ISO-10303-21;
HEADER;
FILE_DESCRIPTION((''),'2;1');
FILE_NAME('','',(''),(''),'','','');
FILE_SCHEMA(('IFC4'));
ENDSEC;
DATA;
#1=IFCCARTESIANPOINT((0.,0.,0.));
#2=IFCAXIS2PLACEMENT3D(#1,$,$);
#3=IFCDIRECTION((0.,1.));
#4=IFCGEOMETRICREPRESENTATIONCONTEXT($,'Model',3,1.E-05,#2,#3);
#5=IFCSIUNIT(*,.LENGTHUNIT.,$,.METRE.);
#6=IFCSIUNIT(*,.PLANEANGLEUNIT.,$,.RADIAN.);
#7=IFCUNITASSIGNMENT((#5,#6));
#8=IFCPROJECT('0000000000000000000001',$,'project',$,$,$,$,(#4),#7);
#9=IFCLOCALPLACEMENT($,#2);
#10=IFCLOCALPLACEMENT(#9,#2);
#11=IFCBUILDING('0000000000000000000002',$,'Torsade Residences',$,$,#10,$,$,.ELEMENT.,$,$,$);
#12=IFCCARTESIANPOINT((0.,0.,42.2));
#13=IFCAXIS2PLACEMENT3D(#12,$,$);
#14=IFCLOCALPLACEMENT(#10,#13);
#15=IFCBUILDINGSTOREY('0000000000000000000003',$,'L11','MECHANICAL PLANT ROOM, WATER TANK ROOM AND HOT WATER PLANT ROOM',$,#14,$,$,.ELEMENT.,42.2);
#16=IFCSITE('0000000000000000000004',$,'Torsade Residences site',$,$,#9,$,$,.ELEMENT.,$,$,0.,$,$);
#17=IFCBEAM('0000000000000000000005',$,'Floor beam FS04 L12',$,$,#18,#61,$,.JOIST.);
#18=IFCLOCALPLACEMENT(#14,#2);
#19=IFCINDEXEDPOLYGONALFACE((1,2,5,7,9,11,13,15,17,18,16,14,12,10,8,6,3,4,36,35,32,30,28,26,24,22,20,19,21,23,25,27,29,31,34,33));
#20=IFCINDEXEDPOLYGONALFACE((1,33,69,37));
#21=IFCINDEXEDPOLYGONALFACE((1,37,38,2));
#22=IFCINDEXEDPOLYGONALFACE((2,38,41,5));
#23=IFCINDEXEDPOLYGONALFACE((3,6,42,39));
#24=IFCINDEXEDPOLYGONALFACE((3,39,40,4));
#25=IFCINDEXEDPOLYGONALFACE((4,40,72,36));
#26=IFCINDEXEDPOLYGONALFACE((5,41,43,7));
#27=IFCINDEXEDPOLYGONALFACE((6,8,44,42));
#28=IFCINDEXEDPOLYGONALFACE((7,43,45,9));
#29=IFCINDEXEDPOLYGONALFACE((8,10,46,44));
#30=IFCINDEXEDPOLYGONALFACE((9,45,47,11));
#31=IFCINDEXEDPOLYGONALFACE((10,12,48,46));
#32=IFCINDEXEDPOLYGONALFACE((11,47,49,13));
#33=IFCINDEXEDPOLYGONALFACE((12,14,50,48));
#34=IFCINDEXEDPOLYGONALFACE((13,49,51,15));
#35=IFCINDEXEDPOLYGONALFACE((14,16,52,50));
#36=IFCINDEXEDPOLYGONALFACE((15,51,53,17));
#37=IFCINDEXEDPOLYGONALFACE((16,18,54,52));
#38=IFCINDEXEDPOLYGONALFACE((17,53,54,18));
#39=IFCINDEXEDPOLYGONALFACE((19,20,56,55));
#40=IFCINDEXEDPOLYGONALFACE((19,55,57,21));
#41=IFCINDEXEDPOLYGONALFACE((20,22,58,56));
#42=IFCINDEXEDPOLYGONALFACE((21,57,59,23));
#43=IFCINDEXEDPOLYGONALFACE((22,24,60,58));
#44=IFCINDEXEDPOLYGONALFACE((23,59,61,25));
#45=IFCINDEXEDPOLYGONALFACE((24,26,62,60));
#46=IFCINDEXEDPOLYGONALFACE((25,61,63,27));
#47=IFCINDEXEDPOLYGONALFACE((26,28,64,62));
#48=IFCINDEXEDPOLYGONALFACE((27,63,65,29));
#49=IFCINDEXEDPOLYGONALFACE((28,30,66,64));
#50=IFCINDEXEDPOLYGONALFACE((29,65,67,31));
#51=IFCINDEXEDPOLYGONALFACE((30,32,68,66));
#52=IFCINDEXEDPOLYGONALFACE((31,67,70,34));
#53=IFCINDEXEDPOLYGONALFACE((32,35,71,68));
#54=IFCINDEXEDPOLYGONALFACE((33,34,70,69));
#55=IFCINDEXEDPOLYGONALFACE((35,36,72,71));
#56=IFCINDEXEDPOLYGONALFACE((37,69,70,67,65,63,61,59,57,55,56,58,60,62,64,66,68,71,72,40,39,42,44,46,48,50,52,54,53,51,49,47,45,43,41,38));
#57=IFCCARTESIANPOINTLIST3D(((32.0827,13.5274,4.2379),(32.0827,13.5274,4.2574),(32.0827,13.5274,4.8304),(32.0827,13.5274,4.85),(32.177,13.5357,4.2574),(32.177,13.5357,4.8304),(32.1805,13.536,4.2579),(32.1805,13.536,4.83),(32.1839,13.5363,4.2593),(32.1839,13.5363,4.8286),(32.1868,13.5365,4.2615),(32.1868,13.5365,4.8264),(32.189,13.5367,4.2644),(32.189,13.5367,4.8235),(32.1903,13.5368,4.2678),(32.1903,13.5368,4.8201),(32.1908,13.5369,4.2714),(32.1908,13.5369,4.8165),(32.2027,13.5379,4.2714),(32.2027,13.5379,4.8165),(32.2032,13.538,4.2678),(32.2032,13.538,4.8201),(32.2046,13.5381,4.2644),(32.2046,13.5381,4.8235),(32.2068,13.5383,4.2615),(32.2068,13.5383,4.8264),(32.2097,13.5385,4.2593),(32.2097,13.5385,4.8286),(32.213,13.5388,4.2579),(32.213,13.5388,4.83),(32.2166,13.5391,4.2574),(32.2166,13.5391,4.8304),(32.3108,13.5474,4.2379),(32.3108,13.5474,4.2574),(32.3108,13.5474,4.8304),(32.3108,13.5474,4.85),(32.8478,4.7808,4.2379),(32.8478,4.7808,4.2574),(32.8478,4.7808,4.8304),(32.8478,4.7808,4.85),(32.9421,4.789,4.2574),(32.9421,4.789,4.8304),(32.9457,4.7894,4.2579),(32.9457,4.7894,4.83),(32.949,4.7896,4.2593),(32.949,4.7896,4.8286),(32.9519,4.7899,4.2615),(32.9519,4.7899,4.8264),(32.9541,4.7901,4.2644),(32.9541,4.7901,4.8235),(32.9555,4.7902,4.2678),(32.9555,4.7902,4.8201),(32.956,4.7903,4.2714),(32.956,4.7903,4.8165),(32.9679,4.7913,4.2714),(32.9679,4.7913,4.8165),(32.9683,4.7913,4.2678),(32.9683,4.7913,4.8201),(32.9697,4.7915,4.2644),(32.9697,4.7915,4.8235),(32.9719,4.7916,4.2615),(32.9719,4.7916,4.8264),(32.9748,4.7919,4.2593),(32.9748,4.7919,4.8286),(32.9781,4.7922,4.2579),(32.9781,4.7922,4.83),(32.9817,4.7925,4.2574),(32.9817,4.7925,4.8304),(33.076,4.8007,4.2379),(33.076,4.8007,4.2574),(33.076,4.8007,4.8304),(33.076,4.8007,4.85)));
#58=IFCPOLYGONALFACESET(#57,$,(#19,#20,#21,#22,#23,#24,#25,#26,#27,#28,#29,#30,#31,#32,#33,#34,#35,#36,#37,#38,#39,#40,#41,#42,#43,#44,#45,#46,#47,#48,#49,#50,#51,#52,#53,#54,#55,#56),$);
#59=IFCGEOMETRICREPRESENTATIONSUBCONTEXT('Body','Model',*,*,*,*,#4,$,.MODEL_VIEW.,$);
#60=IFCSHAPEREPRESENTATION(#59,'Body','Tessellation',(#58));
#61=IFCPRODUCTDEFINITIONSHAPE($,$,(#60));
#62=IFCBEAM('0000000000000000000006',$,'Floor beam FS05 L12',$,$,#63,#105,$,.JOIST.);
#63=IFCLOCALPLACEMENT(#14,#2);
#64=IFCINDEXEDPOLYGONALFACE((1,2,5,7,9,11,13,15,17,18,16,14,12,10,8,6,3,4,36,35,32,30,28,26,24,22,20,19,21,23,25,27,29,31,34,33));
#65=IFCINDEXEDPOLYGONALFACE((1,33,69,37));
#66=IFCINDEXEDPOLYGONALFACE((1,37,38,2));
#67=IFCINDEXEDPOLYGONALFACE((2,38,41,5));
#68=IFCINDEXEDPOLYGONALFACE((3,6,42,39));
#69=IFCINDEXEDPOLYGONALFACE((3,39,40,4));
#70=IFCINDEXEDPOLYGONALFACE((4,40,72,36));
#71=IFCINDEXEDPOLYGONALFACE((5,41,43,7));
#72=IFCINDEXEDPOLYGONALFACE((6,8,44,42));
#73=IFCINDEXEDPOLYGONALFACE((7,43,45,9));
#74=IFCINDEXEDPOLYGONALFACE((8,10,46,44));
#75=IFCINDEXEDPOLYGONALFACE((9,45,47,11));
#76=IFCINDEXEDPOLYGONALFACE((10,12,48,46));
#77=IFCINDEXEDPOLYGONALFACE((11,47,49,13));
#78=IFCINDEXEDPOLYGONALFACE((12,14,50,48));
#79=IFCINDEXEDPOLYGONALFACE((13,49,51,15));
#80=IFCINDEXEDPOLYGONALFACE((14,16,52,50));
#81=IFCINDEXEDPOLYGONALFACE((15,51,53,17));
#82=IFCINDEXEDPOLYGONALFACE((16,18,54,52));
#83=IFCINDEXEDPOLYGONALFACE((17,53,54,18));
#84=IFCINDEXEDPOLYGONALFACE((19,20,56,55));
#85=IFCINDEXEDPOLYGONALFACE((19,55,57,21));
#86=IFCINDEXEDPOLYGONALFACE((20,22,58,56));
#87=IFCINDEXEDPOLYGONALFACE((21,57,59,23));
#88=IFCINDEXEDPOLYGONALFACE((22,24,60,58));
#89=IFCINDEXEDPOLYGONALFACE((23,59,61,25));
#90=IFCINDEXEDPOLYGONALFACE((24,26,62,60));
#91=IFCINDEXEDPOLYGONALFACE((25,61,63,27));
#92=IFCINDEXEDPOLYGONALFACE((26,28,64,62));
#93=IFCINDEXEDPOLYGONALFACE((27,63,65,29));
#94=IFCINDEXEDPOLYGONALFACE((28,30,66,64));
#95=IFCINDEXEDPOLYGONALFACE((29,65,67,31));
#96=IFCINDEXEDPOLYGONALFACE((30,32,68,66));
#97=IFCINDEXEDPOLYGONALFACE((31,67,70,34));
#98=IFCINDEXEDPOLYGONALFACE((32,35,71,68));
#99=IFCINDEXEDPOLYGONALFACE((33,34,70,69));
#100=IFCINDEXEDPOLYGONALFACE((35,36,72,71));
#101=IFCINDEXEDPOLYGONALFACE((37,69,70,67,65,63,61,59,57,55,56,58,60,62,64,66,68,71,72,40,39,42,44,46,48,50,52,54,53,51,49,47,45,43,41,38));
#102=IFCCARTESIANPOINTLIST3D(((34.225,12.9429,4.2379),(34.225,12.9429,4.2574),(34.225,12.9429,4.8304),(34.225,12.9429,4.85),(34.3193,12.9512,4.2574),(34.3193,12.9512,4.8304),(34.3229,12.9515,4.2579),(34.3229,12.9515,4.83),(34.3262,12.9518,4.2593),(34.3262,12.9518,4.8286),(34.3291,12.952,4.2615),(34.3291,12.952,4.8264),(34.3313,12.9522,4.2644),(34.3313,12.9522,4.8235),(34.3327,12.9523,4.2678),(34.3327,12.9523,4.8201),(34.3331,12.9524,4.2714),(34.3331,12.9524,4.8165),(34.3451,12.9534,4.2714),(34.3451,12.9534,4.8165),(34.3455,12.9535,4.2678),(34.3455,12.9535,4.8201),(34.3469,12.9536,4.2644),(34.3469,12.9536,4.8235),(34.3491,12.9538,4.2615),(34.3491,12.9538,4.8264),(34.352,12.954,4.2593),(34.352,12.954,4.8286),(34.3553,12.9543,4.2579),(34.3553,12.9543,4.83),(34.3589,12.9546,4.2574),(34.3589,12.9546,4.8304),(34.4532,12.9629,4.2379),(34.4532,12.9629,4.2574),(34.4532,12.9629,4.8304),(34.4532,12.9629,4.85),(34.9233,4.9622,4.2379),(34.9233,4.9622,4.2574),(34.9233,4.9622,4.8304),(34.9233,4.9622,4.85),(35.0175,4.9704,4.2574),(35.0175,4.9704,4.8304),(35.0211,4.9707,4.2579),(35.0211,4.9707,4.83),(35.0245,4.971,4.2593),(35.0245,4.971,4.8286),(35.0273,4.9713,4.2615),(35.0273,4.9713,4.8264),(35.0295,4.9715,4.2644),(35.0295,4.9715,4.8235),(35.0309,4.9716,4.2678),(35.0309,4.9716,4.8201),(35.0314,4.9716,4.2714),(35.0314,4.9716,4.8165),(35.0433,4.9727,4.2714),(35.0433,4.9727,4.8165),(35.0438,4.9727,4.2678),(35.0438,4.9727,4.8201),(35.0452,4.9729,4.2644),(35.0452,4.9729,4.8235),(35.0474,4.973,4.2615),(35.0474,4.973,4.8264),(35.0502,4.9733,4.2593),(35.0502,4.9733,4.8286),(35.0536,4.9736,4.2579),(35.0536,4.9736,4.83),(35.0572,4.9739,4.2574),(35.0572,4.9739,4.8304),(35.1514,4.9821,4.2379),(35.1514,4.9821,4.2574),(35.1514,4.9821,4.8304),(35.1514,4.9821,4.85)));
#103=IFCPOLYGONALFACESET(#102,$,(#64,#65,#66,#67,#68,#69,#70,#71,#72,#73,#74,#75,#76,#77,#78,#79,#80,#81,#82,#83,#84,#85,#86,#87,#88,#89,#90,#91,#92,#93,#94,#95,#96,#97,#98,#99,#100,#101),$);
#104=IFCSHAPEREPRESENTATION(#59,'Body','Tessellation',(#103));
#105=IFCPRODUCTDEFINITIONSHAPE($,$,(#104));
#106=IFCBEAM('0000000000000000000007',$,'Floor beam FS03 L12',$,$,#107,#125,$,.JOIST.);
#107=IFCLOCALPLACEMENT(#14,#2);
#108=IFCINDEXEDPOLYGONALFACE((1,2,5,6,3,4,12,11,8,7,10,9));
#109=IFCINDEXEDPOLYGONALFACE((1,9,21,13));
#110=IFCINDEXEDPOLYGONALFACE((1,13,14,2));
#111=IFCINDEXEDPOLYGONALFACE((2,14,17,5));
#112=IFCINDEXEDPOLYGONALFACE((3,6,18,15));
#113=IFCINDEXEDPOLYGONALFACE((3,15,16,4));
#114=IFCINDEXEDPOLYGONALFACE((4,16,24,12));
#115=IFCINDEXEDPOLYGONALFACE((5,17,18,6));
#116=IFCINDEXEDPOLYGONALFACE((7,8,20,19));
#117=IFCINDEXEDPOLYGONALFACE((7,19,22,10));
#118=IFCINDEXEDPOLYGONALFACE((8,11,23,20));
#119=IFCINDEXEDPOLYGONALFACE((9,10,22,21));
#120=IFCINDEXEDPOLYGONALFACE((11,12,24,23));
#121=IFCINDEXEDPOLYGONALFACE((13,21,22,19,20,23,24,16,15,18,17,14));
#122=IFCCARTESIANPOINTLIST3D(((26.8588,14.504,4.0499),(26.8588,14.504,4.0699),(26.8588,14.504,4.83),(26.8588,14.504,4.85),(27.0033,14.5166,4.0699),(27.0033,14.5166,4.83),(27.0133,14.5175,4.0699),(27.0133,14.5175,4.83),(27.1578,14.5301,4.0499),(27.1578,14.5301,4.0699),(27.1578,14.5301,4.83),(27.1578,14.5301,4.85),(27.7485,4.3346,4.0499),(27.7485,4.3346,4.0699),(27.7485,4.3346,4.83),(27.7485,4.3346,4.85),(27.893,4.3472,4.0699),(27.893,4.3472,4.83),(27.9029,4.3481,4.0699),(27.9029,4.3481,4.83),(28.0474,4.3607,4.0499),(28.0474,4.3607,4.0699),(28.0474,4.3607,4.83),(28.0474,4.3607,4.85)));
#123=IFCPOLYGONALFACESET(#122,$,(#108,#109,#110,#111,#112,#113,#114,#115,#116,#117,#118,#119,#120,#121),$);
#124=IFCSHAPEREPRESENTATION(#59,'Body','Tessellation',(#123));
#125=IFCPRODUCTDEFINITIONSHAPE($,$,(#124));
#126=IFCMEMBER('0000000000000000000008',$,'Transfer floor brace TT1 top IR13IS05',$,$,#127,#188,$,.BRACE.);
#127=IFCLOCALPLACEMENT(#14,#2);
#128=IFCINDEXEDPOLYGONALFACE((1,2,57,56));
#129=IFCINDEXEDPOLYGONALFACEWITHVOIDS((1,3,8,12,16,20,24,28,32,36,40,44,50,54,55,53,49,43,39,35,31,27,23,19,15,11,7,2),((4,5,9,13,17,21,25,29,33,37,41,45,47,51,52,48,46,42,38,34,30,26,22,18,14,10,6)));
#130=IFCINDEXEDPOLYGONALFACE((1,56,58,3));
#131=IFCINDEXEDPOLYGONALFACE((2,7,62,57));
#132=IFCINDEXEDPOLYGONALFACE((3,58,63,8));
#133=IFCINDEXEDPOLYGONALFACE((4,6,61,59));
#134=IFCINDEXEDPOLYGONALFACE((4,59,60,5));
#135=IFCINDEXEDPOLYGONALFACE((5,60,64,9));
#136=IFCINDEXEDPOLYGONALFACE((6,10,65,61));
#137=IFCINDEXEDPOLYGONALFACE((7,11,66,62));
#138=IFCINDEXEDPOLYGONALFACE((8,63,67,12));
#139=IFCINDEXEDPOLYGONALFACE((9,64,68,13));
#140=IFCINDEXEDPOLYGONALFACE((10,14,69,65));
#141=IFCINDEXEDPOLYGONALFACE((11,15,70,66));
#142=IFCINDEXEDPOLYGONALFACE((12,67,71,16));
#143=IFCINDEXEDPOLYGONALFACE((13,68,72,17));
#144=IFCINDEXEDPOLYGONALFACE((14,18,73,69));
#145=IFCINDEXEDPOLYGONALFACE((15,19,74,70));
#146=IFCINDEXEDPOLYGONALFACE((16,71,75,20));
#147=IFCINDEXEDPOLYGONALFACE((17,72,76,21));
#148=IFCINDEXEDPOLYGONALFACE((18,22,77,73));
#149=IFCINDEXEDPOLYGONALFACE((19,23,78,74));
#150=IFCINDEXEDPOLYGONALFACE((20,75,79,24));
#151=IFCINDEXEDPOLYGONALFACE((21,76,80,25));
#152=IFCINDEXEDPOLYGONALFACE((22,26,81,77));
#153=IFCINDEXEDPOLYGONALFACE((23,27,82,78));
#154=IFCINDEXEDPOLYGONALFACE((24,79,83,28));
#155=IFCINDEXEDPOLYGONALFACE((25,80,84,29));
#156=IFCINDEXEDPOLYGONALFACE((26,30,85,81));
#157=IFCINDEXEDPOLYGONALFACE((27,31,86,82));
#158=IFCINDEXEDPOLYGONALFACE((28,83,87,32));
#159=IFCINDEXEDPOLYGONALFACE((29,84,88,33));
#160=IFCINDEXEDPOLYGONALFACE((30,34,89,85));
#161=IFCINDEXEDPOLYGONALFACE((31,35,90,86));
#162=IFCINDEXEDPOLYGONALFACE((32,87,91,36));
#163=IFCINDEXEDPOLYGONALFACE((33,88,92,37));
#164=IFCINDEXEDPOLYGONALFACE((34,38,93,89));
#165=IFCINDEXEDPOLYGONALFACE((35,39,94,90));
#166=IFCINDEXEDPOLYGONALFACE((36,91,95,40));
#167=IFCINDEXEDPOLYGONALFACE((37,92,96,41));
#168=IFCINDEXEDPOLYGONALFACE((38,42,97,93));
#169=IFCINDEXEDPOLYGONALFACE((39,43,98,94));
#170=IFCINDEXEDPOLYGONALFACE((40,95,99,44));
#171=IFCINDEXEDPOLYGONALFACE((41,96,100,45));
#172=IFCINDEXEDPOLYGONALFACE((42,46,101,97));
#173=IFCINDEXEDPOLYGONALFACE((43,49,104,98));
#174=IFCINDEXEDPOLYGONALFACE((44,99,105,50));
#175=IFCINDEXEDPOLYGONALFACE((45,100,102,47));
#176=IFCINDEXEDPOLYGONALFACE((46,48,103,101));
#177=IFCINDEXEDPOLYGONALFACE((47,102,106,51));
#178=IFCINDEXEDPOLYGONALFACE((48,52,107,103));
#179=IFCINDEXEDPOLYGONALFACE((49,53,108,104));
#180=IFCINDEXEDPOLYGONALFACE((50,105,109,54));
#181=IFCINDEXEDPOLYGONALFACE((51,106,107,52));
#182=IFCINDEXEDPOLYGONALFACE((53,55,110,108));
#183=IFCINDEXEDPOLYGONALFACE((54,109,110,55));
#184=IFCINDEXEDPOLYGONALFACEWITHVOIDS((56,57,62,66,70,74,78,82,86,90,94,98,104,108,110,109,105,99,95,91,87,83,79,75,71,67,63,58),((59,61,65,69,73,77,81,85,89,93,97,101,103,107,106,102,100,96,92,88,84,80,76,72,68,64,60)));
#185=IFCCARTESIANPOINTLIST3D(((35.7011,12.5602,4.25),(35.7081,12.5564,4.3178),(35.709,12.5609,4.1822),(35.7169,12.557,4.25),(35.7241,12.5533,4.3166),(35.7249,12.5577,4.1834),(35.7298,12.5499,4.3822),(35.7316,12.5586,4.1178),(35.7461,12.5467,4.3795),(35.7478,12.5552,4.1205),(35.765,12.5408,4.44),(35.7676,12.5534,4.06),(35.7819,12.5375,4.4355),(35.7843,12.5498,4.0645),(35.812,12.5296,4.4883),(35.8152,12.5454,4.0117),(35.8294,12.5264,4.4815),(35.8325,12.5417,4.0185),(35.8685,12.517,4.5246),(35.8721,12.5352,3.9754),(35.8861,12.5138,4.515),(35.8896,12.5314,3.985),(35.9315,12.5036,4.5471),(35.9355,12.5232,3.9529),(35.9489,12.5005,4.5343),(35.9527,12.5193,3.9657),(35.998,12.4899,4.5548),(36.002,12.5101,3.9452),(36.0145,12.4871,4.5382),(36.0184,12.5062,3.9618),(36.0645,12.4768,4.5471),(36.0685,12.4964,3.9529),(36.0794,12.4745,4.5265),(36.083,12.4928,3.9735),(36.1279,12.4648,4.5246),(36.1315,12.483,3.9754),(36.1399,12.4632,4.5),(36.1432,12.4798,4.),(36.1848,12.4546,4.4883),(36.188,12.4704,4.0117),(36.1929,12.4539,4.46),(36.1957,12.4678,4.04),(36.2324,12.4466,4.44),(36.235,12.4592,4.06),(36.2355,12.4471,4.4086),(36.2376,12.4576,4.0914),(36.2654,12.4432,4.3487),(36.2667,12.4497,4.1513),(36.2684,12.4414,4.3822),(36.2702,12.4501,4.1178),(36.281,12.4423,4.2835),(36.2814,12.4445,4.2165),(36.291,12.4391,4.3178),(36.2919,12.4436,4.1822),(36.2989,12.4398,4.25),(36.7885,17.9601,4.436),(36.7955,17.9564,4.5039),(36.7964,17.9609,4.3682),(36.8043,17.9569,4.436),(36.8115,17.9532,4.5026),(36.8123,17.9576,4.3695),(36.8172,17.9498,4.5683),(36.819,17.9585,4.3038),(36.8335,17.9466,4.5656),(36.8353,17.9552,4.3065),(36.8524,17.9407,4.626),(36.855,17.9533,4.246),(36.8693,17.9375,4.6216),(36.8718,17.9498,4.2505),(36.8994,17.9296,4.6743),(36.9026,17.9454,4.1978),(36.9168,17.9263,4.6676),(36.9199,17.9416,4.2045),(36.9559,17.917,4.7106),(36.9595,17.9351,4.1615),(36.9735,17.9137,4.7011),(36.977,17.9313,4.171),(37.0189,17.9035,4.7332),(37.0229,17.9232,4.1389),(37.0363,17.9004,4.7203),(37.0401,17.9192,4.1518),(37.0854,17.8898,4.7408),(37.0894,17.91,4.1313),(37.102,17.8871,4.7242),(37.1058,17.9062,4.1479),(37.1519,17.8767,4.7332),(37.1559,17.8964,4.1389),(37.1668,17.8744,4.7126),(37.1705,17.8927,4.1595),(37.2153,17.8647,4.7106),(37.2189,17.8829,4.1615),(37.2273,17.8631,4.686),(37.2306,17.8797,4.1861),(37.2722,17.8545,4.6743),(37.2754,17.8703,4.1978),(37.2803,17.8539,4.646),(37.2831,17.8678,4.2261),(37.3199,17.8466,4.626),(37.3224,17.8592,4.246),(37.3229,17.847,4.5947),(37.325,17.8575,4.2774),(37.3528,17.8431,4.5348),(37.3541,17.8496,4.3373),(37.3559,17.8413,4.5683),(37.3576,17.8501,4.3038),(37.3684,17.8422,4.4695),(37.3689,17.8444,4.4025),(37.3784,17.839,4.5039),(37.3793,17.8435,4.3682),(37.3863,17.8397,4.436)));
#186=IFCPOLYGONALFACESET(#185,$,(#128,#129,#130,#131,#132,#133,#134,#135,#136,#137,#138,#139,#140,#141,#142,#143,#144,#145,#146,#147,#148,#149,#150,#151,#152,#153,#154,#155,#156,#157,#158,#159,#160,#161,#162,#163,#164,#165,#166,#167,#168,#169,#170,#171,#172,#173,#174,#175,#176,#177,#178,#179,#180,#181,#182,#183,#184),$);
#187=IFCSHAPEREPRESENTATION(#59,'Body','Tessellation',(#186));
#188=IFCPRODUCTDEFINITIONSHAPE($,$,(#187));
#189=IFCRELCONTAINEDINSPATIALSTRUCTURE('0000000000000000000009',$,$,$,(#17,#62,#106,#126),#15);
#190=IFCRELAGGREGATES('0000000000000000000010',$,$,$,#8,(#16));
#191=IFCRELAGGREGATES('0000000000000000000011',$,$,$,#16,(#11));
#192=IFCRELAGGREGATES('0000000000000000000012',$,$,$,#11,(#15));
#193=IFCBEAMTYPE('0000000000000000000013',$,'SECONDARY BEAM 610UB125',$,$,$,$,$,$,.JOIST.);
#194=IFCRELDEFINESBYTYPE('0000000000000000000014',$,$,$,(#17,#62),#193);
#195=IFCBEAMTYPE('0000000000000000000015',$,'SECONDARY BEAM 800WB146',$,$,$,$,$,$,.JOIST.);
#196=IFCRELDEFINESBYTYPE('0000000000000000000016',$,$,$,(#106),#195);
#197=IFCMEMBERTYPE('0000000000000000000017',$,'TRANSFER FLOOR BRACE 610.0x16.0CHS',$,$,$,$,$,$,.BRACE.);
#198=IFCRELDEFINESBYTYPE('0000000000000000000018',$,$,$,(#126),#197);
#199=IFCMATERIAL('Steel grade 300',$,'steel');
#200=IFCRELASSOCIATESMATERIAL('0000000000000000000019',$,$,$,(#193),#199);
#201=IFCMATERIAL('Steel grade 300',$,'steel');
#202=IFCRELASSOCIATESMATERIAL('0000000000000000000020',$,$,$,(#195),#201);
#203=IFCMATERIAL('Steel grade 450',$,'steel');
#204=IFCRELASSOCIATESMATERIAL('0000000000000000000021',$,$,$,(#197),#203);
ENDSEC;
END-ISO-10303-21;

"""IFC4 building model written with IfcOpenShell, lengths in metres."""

from ifc_helpers import new_model, si_unit, direction, frame, origin, origin_2d, place, context, subcontext, project, spatial, hollow_circle, i_section, extrude, material, material_profile, profile_set, type_object, element, save


model = new_model("IFC4")

# Units and contexts
model_context = context("Model", 3, precision=1e-05, world=origin(), true_north=direction((0.0, 1.0)))
body_context = subcontext(model_context, "Body", "Model", "MODEL_VIEW")
ifc_project = project(units=[si_unit("LENGTHUNIT", "METRE"), si_unit("PLANEANGLEUNIT", "RADIAN")], contexts=[model_context])

# Site, building, storey
site_placement = place(None, origin())
site = spatial("IfcSite", under=ifc_project, at=site_placement, Name="Torsade Residences site", CompositionType="ELEMENT", RefElevation=0.0)
building_placement = place(site_placement, origin())
building = spatial("IfcBuilding", under=site, at=building_placement, Name="Torsade Residences", CompositionType="ELEMENT")
storey_placement = place(building_placement, frame((0.0, 0.0, 42.2)))
storey = spatial("IfcBuildingStorey", under=building, at=storey_placement, Name="L11", Description="MECHANICAL PLANT ROOM, WATER TANK ROOM AND HOT WATER PLANT ROOM", CompositionType="ELEMENT", Elevation=42.2)

# Beams
ifc_material_1 = material(Name="Steel grade 300", Category="steel")
ifc_material_profile_1 = material_profile(ifc_material_1, i_section(OverallWidth=0.229, OverallDepth=0.6121, WebThickness=0.012, FlangeThickness=0.0195, FilletRadius=0.0139, at=origin_2d()), Name="610UB125")
ifc_profile_set_1 = profile_set([ifc_material_profile_1], Name="Steel grade 300")
beam_type_1 = type_object("IfcBeamType", Name="SECONDARY BEAM 610UB125", PredefinedType="JOIST", material=ifc_profile_set_1)
beam_1_placement = place(storey_placement, frame((32.9619, 4.7908, 4.5439), z_axis=(-0.087146, 0.996196, 0.0), x_axis=(-0.996196, -0.087146, 0.0)))
element("IfcBeam", 1, at=beam_1_placement, inside=storey, type_object=beam_type_1, Name="Floor beam FS04 L12", PredefinedType="JOIST", context=body_context, shape_type="SweptSolid", body=[
    extrude(i_section(OverallWidth=0.229, OverallDepth=0.6121, WebThickness=0.012, FlangeThickness=0.0195, FilletRadius=0.0139, at=origin_2d()), origin(), (0.0, 0.0, 1.0), 8.78),
])
beam_2_placement = place(storey_placement, frame((35.0374, 4.9722, 4.5439), z_axis=(-0.087158, 0.996194, 0.0), x_axis=(-0.996194, -0.087158, 0.0)))
element("IfcBeam", 2, at=beam_2_placement, inside=storey, type_object=beam_type_1, Name="Floor beam FS05 L12", PredefinedType="JOIST", context=body_context, shape_type="SweptSolid", body=[
    extrude(i_section(OverallWidth=0.229, OverallDepth=0.6121, WebThickness=0.012, FlangeThickness=0.0195, FilletRadius=0.0139, at=origin_2d()), origin(), (0.0, 0.0, 1.0), 8.0112),
])
ifc_material_2 = material(Name="Steel grade 300", Category="steel")
ifc_material_profile_2 = material_profile(ifc_material_2, i_section(OverallWidth=0.3, OverallDepth=0.8, WebThickness=0.01, FlangeThickness=0.02, at=origin_2d()), Name="800WB146")
ifc_profile_set_2 = profile_set([ifc_material_profile_2], Name="Steel grade 300")
beam_type_2 = type_object("IfcBeamType", Name="SECONDARY BEAM 800WB146", PredefinedType="JOIST", material=ifc_profile_set_2)
beam_3_placement = place(storey_placement, frame((27.8979, 4.3477, 4.45), z_axis=(-0.08715, 0.996195, 0.0), x_axis=(-0.996195, -0.08715, 0.0)))
element("IfcBeam", 3, at=beam_3_placement, inside=storey, type_object=beam_type_2, Name="Floor beam FS03 L12", PredefinedType="JOIST", context=body_context, shape_type="SweptSolid", body=[
    extrude(i_section(OverallWidth=0.3, OverallDepth=0.8, WebThickness=0.01, FlangeThickness=0.02, at=origin_2d()), origin(), (0.0, 0.0, 1.0), 10.2083),
])

# Member
ifc_material_3 = material(Name="Steel grade 450", Category="steel")
ifc_material_profile_3 = material_profile(ifc_material_3, hollow_circle(Radius=0.3049, WallThickness=0.0161, at=origin_2d()), Name="610.0x16.0CHS")
ifc_profile_set_3 = profile_set([ifc_material_profile_3], Name="Steel grade 450")
member_type_1 = type_object("IfcMemberType", Name="TRANSFER FLOOR BRACE 610.0x16.0CHS", PredefinedType="BRACE", material=ifc_profile_set_3)
member_1_placement = place(storey_placement, frame((36.0, 12.5, 4.25), z_axis=(0.197299, 0.979762, 0.033754), x_axis=(-0.980321, 0.197412, 0.0)))
element("IfcMember", 4, at=member_1_placement, inside=storey, type_object=member_type_1, Name="Transfer floor brace TT1 top IR13IS05", PredefinedType="BRACE", context=body_context, shape_type="SweptSolid", body=[
    extrude(hollow_circle(Radius=0.3049, WallThickness=0.0161, at=origin_2d()), origin(), (0.0, 0.0, 1.0), 5.5115),
])

save(model, "model.ifc")
